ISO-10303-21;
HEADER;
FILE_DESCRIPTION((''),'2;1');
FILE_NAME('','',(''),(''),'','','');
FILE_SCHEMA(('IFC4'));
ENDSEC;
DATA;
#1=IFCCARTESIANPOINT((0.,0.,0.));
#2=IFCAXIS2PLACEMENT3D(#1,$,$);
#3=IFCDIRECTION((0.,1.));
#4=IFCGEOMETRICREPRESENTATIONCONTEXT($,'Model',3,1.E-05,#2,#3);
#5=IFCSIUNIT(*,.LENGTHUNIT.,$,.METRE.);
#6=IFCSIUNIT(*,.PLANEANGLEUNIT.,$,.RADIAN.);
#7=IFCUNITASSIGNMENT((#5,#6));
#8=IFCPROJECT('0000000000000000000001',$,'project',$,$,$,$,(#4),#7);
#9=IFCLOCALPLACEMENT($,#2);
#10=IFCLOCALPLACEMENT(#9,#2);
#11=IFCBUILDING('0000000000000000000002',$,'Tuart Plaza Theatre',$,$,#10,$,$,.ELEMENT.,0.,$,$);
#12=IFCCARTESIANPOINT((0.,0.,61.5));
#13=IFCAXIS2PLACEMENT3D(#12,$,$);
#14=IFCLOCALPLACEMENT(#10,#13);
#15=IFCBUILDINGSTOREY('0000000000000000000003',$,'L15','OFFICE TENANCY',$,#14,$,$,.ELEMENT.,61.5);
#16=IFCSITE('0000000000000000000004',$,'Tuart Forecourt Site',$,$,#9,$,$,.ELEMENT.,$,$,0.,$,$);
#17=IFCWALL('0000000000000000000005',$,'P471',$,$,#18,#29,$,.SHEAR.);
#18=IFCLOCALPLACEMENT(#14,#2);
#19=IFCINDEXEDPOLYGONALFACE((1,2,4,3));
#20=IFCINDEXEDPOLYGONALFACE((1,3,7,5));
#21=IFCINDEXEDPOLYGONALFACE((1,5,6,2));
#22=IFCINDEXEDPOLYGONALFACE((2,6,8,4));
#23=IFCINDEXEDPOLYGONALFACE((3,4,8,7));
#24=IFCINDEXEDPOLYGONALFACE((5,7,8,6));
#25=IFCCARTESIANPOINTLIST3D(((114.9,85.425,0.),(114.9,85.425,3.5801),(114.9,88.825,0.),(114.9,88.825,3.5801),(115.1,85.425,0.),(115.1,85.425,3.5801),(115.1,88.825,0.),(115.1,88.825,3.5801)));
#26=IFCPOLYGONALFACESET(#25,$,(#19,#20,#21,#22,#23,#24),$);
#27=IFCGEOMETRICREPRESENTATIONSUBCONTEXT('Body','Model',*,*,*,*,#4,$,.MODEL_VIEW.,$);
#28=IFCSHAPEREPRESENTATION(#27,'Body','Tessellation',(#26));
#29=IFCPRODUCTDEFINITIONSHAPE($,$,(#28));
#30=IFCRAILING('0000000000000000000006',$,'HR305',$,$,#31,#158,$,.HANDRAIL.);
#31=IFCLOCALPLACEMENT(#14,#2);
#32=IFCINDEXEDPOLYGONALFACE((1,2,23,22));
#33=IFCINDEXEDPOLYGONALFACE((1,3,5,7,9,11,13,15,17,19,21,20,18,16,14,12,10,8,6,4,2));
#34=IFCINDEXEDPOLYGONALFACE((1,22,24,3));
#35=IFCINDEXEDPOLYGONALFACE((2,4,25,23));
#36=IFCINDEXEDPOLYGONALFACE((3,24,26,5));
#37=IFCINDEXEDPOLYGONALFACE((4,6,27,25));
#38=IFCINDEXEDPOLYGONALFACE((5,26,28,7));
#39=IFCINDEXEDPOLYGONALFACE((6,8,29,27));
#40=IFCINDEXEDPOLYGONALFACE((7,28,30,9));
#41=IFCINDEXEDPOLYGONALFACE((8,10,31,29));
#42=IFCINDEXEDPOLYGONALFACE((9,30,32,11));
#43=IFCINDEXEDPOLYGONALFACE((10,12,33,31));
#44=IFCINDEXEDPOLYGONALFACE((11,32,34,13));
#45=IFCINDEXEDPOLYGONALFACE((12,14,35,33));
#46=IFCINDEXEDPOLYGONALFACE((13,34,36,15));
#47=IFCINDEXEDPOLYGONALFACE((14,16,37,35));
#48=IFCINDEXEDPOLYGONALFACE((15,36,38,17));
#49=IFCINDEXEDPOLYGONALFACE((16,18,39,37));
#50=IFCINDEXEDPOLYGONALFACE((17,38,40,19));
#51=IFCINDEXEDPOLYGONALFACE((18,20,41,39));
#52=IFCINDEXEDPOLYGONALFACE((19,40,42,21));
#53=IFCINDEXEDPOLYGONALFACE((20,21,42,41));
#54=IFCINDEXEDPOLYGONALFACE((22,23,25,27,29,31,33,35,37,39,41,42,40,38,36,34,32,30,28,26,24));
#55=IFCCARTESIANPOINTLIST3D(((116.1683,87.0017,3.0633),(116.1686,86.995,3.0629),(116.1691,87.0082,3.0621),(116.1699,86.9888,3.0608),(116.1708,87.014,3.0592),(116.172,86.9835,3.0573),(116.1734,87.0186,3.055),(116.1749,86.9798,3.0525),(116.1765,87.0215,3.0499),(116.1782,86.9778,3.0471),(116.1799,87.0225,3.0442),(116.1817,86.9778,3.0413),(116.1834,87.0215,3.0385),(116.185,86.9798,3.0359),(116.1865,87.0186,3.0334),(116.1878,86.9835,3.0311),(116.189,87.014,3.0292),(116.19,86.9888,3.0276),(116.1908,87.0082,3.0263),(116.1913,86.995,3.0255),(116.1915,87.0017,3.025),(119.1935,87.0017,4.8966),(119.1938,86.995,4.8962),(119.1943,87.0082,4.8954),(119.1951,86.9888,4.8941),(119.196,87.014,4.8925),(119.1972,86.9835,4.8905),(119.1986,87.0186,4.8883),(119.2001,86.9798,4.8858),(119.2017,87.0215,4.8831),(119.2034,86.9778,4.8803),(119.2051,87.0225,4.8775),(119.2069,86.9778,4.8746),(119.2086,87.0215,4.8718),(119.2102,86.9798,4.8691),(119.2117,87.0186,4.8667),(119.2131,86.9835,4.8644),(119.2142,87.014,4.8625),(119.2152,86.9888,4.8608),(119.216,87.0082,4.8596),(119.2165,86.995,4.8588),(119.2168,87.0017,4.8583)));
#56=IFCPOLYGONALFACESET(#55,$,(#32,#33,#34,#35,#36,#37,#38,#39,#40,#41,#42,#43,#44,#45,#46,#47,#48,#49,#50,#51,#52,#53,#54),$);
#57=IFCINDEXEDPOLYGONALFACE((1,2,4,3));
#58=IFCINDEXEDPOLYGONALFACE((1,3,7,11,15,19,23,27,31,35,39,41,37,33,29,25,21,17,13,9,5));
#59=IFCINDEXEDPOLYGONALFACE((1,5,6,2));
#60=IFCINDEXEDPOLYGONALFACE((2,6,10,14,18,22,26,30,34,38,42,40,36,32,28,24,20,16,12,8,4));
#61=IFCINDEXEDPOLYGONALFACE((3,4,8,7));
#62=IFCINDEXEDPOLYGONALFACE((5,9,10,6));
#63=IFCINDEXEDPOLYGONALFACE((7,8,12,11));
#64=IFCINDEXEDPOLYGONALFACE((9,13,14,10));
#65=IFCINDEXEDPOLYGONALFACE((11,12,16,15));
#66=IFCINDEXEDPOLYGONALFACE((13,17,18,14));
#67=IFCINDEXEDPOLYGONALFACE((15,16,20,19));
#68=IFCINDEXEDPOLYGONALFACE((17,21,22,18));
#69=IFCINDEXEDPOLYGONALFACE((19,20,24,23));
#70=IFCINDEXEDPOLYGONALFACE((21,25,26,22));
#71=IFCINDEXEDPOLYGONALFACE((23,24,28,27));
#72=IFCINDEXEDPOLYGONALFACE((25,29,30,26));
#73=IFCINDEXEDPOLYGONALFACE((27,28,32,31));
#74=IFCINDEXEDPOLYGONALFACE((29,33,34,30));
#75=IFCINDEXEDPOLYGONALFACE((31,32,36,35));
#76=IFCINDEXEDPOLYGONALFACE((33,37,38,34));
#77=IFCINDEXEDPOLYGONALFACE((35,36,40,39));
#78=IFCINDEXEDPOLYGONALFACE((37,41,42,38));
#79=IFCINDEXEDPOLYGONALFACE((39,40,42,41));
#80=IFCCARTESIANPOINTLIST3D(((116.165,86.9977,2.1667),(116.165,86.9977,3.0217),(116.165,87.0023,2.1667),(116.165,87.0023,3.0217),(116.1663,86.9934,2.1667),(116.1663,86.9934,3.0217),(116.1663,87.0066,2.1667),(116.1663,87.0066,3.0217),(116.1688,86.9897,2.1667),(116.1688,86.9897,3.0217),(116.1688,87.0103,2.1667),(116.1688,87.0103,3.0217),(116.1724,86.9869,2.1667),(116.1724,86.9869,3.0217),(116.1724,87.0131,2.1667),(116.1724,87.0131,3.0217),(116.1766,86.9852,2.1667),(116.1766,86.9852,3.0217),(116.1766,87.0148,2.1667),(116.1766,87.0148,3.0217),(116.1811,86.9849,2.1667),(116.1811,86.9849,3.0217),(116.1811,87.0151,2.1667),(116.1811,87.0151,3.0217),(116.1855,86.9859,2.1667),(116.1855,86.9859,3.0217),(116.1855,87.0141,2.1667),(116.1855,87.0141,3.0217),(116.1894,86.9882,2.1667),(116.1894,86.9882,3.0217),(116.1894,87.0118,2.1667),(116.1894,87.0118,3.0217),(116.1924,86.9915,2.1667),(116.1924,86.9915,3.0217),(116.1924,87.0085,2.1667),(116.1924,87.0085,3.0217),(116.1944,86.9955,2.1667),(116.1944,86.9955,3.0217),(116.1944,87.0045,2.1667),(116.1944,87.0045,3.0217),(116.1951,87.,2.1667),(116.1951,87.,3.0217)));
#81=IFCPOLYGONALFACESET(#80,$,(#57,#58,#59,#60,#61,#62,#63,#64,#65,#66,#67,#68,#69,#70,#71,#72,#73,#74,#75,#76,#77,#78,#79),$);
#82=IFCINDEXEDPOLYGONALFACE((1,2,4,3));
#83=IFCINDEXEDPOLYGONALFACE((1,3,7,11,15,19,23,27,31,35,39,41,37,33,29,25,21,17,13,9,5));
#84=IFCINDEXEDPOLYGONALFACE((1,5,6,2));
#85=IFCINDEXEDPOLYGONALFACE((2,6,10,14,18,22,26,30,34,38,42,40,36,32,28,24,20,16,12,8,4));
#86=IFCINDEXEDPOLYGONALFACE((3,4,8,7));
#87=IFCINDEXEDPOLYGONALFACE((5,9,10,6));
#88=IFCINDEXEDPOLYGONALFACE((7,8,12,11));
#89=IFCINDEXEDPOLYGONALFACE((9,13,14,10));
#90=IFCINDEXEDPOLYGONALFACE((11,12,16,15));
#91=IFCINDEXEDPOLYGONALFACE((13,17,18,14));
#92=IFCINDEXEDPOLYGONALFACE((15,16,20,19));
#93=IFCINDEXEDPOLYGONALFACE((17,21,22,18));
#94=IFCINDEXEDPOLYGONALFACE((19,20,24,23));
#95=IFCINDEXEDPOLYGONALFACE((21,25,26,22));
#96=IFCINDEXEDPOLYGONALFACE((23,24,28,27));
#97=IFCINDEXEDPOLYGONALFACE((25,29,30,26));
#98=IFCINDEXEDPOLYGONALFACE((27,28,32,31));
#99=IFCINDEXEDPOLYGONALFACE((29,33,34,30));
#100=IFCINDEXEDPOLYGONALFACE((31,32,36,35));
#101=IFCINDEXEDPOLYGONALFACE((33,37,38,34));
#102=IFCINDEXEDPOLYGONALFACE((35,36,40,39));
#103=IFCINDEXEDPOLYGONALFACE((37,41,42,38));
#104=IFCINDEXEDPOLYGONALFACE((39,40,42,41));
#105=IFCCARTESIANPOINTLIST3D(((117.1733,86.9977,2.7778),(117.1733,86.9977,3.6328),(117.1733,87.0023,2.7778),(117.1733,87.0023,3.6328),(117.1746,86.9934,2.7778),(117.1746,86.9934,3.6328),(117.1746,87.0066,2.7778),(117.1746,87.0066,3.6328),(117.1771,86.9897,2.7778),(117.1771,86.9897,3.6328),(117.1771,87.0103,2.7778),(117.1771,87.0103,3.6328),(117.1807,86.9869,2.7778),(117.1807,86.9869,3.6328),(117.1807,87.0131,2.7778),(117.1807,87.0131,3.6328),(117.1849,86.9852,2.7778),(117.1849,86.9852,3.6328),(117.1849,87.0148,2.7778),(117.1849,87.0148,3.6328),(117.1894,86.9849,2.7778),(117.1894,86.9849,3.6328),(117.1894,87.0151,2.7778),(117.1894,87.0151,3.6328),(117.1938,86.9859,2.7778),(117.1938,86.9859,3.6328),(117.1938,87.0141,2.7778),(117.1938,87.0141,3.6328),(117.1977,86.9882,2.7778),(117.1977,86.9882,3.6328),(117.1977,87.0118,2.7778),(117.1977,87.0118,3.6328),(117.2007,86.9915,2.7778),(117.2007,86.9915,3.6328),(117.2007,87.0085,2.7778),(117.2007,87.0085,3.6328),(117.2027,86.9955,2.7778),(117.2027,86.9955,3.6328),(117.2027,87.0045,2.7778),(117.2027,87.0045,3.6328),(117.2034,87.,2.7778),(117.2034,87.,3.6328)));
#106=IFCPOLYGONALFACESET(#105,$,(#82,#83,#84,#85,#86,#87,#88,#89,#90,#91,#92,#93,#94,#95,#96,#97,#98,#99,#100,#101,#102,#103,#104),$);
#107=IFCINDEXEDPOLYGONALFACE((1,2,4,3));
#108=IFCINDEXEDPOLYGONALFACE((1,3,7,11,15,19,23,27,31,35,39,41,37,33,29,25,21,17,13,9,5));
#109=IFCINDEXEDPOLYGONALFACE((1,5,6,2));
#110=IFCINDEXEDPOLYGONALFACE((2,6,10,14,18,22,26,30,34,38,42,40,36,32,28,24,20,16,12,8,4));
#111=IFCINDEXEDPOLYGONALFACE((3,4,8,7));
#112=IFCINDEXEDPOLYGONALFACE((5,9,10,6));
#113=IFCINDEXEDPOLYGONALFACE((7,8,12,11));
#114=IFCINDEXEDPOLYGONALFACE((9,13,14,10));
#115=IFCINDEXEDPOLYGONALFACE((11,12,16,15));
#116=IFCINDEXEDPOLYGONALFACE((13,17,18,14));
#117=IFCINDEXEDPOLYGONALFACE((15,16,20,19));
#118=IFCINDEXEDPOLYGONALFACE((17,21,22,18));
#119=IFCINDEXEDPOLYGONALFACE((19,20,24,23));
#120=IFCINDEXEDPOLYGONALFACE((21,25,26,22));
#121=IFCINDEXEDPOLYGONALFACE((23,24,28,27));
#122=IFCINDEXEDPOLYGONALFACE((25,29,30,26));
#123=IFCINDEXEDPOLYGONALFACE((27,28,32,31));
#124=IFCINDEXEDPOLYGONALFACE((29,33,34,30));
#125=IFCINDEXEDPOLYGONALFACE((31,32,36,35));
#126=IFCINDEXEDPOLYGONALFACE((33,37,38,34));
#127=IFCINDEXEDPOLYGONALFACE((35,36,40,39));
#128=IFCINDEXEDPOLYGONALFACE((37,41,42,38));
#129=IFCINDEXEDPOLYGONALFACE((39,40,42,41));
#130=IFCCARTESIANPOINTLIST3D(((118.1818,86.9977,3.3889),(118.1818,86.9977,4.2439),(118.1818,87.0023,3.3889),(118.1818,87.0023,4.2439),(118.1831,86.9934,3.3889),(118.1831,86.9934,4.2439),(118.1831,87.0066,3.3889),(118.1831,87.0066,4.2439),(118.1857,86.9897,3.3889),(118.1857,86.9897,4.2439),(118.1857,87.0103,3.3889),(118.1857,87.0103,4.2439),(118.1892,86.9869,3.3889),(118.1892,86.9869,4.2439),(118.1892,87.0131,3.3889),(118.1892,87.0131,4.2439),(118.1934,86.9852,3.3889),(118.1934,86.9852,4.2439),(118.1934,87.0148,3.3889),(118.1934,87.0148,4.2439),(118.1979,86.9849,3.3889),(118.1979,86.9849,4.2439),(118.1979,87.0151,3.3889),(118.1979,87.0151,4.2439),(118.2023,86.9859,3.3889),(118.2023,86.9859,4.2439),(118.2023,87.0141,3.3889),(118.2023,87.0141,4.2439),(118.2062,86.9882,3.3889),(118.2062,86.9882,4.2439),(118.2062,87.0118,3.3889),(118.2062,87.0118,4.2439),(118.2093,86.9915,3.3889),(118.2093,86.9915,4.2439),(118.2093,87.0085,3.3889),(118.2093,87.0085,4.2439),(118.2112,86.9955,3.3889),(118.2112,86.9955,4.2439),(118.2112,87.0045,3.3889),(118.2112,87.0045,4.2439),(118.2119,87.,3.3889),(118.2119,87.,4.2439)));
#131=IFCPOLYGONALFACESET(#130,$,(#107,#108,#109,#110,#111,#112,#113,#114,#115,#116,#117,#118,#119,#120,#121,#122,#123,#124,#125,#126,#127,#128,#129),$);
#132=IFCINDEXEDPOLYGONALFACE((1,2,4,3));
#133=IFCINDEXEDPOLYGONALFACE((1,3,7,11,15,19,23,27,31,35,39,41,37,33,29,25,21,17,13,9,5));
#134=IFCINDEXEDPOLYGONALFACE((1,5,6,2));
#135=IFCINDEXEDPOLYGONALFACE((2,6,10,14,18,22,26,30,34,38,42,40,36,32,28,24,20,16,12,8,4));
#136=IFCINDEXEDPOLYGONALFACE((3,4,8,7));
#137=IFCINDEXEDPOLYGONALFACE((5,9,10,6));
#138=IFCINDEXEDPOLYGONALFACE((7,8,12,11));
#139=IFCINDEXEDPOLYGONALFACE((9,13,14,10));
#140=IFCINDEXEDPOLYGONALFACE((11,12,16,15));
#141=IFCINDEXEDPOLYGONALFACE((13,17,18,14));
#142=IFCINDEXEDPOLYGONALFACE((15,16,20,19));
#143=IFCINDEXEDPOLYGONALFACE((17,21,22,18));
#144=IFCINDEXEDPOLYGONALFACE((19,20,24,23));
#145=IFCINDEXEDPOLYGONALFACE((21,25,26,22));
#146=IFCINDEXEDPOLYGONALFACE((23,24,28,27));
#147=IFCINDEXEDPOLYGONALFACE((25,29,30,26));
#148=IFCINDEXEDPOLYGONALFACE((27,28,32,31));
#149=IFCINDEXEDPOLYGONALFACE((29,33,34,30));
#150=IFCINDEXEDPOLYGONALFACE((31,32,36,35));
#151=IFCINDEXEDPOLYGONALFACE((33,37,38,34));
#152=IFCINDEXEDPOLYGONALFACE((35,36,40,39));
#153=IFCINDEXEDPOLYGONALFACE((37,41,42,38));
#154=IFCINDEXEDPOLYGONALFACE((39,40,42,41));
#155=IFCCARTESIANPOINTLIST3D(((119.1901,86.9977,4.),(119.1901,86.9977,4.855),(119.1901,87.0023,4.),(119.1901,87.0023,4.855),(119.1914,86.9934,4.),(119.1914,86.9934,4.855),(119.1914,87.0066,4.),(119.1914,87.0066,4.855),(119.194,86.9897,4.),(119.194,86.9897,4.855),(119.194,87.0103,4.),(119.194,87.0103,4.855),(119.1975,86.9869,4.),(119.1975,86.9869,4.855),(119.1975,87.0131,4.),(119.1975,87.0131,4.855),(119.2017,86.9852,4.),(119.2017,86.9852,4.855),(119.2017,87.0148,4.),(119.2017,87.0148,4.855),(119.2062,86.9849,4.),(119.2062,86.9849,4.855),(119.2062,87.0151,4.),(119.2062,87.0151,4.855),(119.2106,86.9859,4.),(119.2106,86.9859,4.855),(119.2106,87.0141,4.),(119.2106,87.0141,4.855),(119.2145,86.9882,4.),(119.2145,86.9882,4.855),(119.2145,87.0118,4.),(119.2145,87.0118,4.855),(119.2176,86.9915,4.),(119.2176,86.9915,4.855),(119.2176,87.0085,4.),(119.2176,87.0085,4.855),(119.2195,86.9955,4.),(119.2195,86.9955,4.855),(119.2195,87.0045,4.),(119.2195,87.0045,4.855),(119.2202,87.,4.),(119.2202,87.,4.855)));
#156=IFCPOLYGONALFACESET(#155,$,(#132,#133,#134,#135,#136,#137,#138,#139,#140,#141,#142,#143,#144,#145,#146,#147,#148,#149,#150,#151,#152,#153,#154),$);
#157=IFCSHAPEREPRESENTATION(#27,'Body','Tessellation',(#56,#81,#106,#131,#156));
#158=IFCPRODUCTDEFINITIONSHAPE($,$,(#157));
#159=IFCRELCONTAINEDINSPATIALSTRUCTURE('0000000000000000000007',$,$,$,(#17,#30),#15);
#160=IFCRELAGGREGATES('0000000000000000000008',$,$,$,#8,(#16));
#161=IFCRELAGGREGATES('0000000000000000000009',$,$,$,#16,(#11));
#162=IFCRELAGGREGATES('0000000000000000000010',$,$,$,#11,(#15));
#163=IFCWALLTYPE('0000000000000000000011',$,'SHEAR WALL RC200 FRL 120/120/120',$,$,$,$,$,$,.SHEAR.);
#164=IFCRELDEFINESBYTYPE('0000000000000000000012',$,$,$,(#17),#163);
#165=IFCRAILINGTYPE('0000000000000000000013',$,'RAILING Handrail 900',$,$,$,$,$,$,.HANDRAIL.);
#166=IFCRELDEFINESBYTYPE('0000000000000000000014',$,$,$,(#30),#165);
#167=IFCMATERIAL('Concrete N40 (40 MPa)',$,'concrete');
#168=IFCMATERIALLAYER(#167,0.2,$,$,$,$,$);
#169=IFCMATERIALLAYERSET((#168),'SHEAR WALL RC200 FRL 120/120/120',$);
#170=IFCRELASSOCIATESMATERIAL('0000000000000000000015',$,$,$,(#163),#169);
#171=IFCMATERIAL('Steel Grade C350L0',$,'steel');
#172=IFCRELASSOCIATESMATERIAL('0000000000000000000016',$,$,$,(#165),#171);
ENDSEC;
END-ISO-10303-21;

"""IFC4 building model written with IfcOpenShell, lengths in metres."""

from ifc_helpers import new_model, si_unit, direction, frame, frame_2d, origin, origin_2d, place, context, subcontext, project, spatial, rectangle, circle, extrude, material, layer, layer_set, type_object, element, save


model = new_model("IFC4")

# Units and contexts
model_context = context("Model", 3, precision=1e-05, world=origin(), true_north=direction((0.0, 1.0)))
body_context = subcontext(model_context, "Body", "Model", "MODEL_VIEW")
ifc_project = project(units=[si_unit("LENGTHUNIT", "METRE"), si_unit("PLANEANGLEUNIT", "RADIAN")], contexts=[model_context])

# Site, building, storey
site_placement = place(None, origin())
site = spatial("IfcSite", under=ifc_project, at=site_placement, Name="Tuart Forecourt Site", CompositionType="ELEMENT", RefElevation=0.0)
building_placement = place(site_placement, origin())
building = spatial("IfcBuilding", under=site, at=building_placement, Name="Tuart Plaza Theatre", CompositionType="ELEMENT", ElevationOfRefHeight=0.0)
storey_placement = place(building_placement, frame((0.0, 0.0, 61.5)))
storey = spatial("IfcBuildingStorey", under=building, at=storey_placement, Name="L15", Description="OFFICE TENANCY", CompositionType="ELEMENT", Elevation=61.5)

# Wall
ifc_material_1 = material(Name="Concrete N40 (40 MPa)", Category="concrete")
ifc_layer_1 = layer(ifc_material_1, 0.2)
ifc_layer_set_1 = layer_set([ifc_layer_1], Name="SHEAR WALL RC200 FRL 120/120/120")
wall_type = type_object("IfcWallType", Name="SHEAR WALL RC200 FRL 120/120/120", PredefinedType="SHEAR", material=ifc_layer_set_1)
wall_placement = place(storey_placement, frame((115.0, 88.825, 0.0), z_axis=(0.0, 0.0, 1.0), x_axis=(0.0, -1.0, 0.0)))
element("IfcWall", 1, at=wall_placement, inside=storey, type_object=wall_type, Name="P471", PredefinedType="SHEAR", context=body_context, shape_type="SweptSolid", body=[
    extrude(rectangle(XDim=3.3999, YDim=0.2, at=frame_2d((1.7, 0.0))), origin(), (0.0, 0.0, 1.0), 3.5801),
])

# Railing
ifc_material_2 = material(Name="Steel Grade C350L0", Category="steel")
railing_type_1 = type_object("IfcRailingType", Name="RAILING Handrail 900", PredefinedType="HANDRAIL", material=ifc_material_2)
railing_1_placement = place(storey_placement, frame((116.1799, 87.0, 2.1667)))
element("IfcRailing", 2, at=railing_1_placement, inside=storey, type_object=railing_type_1, Name="HR305", PredefinedType="HANDRAIL", context=body_context, shape_type="SweptSolid", body=[
    extrude(circle(Radius=0.0225, at=origin_2d()), frame((0.0, 0.0, 0.8774), z_axis=(0.855219, 0.0, 0.518267), x_axis=(0.0, 1.0, 0.0)), (0.0, 0.0, 1.0), 3.5374),
    extrude(circle(Radius=0.0151, at=origin_2d()), origin(), (0.0, 0.0, 1.0), 0.855),
    extrude(circle(Radius=0.0151, at=origin_2d()), frame((1.0083, 0.0, 0.6111)), (0.0, 0.0, 1.0), 0.855),
    extrude(circle(Radius=0.0151, at=origin_2d()), frame((2.0168, 0.0, 1.2222)), (0.0, 0.0, 1.0), 0.855),
    extrude(circle(Radius=0.0151, at=origin_2d()), frame((3.0251, 0.0, 1.8333)), (0.0, 0.0, 1.0), 0.855),
])

save(model, "model.ifc")
